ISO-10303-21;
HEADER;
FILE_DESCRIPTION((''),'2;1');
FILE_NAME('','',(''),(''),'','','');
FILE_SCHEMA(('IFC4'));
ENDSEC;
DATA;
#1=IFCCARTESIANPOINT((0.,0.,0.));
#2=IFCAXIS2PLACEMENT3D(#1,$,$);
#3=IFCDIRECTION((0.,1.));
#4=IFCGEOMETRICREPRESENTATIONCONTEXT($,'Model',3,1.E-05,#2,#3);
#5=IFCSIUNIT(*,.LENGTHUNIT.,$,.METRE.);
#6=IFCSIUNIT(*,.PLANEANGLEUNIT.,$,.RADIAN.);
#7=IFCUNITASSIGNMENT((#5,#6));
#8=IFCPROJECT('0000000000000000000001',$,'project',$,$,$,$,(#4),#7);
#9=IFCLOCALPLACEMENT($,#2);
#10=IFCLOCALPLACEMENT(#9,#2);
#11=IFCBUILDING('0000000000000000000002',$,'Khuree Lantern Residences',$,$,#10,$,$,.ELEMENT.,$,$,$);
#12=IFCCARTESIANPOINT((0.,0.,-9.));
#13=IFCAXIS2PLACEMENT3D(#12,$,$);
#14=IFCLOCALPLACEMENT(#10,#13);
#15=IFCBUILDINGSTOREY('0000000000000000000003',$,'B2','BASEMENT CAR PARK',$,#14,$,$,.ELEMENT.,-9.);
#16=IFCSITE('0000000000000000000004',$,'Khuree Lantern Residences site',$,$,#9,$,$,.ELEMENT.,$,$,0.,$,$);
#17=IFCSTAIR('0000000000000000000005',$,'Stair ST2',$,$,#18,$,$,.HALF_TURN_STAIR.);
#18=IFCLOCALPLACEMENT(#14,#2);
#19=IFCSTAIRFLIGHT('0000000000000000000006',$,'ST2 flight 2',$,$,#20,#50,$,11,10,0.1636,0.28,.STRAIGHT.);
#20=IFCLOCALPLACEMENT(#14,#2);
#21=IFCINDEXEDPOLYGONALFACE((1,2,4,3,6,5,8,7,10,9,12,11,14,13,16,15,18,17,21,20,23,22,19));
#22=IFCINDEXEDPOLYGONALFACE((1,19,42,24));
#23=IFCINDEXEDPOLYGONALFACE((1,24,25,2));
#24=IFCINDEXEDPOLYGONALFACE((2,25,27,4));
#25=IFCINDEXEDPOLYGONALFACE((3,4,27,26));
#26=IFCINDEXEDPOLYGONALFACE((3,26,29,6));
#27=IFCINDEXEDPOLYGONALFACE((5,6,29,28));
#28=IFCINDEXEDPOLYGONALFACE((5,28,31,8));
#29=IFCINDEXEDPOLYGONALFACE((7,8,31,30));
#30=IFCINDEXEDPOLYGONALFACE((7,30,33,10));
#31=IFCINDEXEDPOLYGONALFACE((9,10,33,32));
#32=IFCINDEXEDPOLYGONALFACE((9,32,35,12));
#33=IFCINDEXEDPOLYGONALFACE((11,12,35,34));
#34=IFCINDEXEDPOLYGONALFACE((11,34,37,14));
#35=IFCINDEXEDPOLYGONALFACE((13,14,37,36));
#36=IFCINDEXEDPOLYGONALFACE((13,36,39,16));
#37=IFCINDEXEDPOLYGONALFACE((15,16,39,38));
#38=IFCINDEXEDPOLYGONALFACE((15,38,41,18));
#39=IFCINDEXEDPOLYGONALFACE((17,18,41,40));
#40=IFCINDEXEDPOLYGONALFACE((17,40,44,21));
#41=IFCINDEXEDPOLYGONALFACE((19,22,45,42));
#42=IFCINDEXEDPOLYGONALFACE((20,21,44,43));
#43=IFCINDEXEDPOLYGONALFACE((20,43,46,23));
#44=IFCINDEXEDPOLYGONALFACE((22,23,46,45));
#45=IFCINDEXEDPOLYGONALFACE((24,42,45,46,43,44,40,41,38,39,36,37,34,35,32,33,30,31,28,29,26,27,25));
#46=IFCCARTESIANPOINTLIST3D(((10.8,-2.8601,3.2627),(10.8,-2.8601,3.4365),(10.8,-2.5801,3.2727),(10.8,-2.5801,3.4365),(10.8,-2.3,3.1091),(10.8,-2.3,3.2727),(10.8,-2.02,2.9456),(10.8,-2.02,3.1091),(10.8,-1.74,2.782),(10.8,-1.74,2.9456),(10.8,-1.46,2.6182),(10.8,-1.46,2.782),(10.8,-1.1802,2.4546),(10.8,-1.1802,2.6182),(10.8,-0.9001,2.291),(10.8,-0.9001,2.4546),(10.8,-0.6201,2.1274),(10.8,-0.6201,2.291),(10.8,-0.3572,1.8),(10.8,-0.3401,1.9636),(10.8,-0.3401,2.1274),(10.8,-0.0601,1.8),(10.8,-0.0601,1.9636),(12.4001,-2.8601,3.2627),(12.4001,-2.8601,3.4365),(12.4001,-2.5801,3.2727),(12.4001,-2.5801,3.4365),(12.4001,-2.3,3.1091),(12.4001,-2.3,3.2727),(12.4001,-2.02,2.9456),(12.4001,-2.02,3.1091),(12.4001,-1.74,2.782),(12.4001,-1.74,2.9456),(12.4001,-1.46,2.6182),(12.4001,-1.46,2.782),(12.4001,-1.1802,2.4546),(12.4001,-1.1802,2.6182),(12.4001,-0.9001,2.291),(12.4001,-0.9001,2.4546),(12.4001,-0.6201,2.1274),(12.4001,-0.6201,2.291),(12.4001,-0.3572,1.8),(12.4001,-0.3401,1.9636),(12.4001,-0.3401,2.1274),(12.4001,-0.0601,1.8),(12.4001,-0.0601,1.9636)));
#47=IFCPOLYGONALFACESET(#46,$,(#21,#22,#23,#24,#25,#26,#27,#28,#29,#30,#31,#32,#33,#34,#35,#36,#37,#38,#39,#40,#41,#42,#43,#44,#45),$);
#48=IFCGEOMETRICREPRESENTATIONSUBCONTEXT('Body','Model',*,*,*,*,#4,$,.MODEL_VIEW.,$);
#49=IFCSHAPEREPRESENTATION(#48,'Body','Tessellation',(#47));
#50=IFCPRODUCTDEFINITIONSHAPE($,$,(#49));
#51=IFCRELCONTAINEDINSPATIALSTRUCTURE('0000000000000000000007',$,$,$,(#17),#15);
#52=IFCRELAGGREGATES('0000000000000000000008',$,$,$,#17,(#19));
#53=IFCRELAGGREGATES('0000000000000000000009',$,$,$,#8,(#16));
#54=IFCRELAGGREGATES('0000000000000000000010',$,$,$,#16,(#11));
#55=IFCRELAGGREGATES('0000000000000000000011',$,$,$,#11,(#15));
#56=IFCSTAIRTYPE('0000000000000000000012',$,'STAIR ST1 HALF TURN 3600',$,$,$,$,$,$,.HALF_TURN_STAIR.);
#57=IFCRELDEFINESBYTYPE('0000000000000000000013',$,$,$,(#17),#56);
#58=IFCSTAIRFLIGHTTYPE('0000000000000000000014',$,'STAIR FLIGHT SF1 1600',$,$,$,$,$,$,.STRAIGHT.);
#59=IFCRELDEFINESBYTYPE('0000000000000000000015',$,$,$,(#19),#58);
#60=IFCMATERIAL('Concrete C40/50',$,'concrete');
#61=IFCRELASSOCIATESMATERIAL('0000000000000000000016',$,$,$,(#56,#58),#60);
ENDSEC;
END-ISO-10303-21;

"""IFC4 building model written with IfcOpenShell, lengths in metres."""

from ifc_helpers import new_model, si_unit, direction, frame, origin, place, context, subcontext, project, spatial, polyline, outline, extrude, material, type_object, element, aggregate, save


model = new_model("IFC4")

# Units and contexts
model_context = context("Model", 3, precision=1e-05, world=origin(), true_north=direction((0.0, 1.0)))
body_context = subcontext(model_context, "Body", "Model", "MODEL_VIEW")
ifc_project = project(units=[si_unit("LENGTHUNIT", "METRE"), si_unit("PLANEANGLEUNIT", "RADIAN")], contexts=[model_context])

# Site, building, storey
site_placement = place(None, origin())
site = spatial("IfcSite", under=ifc_project, at=site_placement, Name="Khuree Lantern Residences site", CompositionType="ELEMENT", RefElevation=0.0)
building_placement = place(site_placement, origin())
building = spatial("IfcBuilding", under=site, at=building_placement, Name="Khuree Lantern Residences", CompositionType="ELEMENT")
storey_placement = place(building_placement, frame((0.0, 0.0, -9.0)))
storey = spatial("IfcBuildingStorey", under=building, at=storey_placement, Name="B2", Description="BASEMENT CAR PARK", CompositionType="ELEMENT", Elevation=-9.0)

# Stair, stair flight
ifc_material_1 = material(Name="Concrete C40/50", Category="concrete")
stair_type = type_object("IfcStairType", Name="STAIR ST1 HALF TURN 3600", PredefinedType="HALF_TURN_STAIR", material=ifc_material_1)
stair_placement = place(storey_placement, origin())
stair = element("IfcStair", 1, at=stair_placement, inside=storey, type_object=stair_type, Name="Stair ST2", PredefinedType="HALF_TURN_STAIR")
stair_flight_type = type_object("IfcStairFlightType", Name="STAIR FLIGHT SF1 1600", PredefinedType="STRAIGHT", material=ifc_material_1)
stair_flight_1_placement = place(storey_placement, frame((11.6001, -0.0601, 1.8), z_axis=(0.0, 0.0, 1.0), x_axis=(0.0, -1.0, 0.0)))
stair_flight_1 = element("IfcStairFlight", 2, at=stair_flight_1_placement, type_object=stair_flight_type, Name="ST2 flight 2", NumberOfRisers=11, NumberOfTreads=10, PredefinedType="STRAIGHT", RiserHeight=0.1636, TreadLength=0.28, context=body_context, shape_type="SweptSolid", body=[
    extrude(outline(polyline([(0.0, 0.0), (0.0, 0.1636), (0.28, 0.1636), (0.28, 0.3274), (0.5601, 0.3274), (0.5601, 0.491), (0.8401, 0.491), (0.8401, 0.6545), (1.1201, 0.6545), (1.1201, 0.8181), (1.3999, 0.8181), (1.3999, 0.9819), (1.6799, 0.9819), (1.6799, 1.1455), (1.96, 1.1455), (1.96, 1.3091), (2.24, 1.3091), (2.24, 1.4727), (2.52, 1.4727), (2.52, 1.6365), (2.8, 1.6365), (2.8, 1.8), (2.8, 1.4626), (0.2971, 0.0), (0.0, 0.0)])), frame((0.0, 0.8, 0.0), z_axis=(0.0, -1.0, 0.0), x_axis=(1.0, 0.0, 0.0)), (0.0, 0.0, 1.0), 1.6001),
])
aggregate(stair, [stair_flight_1])

save(model, "model.ifc")
